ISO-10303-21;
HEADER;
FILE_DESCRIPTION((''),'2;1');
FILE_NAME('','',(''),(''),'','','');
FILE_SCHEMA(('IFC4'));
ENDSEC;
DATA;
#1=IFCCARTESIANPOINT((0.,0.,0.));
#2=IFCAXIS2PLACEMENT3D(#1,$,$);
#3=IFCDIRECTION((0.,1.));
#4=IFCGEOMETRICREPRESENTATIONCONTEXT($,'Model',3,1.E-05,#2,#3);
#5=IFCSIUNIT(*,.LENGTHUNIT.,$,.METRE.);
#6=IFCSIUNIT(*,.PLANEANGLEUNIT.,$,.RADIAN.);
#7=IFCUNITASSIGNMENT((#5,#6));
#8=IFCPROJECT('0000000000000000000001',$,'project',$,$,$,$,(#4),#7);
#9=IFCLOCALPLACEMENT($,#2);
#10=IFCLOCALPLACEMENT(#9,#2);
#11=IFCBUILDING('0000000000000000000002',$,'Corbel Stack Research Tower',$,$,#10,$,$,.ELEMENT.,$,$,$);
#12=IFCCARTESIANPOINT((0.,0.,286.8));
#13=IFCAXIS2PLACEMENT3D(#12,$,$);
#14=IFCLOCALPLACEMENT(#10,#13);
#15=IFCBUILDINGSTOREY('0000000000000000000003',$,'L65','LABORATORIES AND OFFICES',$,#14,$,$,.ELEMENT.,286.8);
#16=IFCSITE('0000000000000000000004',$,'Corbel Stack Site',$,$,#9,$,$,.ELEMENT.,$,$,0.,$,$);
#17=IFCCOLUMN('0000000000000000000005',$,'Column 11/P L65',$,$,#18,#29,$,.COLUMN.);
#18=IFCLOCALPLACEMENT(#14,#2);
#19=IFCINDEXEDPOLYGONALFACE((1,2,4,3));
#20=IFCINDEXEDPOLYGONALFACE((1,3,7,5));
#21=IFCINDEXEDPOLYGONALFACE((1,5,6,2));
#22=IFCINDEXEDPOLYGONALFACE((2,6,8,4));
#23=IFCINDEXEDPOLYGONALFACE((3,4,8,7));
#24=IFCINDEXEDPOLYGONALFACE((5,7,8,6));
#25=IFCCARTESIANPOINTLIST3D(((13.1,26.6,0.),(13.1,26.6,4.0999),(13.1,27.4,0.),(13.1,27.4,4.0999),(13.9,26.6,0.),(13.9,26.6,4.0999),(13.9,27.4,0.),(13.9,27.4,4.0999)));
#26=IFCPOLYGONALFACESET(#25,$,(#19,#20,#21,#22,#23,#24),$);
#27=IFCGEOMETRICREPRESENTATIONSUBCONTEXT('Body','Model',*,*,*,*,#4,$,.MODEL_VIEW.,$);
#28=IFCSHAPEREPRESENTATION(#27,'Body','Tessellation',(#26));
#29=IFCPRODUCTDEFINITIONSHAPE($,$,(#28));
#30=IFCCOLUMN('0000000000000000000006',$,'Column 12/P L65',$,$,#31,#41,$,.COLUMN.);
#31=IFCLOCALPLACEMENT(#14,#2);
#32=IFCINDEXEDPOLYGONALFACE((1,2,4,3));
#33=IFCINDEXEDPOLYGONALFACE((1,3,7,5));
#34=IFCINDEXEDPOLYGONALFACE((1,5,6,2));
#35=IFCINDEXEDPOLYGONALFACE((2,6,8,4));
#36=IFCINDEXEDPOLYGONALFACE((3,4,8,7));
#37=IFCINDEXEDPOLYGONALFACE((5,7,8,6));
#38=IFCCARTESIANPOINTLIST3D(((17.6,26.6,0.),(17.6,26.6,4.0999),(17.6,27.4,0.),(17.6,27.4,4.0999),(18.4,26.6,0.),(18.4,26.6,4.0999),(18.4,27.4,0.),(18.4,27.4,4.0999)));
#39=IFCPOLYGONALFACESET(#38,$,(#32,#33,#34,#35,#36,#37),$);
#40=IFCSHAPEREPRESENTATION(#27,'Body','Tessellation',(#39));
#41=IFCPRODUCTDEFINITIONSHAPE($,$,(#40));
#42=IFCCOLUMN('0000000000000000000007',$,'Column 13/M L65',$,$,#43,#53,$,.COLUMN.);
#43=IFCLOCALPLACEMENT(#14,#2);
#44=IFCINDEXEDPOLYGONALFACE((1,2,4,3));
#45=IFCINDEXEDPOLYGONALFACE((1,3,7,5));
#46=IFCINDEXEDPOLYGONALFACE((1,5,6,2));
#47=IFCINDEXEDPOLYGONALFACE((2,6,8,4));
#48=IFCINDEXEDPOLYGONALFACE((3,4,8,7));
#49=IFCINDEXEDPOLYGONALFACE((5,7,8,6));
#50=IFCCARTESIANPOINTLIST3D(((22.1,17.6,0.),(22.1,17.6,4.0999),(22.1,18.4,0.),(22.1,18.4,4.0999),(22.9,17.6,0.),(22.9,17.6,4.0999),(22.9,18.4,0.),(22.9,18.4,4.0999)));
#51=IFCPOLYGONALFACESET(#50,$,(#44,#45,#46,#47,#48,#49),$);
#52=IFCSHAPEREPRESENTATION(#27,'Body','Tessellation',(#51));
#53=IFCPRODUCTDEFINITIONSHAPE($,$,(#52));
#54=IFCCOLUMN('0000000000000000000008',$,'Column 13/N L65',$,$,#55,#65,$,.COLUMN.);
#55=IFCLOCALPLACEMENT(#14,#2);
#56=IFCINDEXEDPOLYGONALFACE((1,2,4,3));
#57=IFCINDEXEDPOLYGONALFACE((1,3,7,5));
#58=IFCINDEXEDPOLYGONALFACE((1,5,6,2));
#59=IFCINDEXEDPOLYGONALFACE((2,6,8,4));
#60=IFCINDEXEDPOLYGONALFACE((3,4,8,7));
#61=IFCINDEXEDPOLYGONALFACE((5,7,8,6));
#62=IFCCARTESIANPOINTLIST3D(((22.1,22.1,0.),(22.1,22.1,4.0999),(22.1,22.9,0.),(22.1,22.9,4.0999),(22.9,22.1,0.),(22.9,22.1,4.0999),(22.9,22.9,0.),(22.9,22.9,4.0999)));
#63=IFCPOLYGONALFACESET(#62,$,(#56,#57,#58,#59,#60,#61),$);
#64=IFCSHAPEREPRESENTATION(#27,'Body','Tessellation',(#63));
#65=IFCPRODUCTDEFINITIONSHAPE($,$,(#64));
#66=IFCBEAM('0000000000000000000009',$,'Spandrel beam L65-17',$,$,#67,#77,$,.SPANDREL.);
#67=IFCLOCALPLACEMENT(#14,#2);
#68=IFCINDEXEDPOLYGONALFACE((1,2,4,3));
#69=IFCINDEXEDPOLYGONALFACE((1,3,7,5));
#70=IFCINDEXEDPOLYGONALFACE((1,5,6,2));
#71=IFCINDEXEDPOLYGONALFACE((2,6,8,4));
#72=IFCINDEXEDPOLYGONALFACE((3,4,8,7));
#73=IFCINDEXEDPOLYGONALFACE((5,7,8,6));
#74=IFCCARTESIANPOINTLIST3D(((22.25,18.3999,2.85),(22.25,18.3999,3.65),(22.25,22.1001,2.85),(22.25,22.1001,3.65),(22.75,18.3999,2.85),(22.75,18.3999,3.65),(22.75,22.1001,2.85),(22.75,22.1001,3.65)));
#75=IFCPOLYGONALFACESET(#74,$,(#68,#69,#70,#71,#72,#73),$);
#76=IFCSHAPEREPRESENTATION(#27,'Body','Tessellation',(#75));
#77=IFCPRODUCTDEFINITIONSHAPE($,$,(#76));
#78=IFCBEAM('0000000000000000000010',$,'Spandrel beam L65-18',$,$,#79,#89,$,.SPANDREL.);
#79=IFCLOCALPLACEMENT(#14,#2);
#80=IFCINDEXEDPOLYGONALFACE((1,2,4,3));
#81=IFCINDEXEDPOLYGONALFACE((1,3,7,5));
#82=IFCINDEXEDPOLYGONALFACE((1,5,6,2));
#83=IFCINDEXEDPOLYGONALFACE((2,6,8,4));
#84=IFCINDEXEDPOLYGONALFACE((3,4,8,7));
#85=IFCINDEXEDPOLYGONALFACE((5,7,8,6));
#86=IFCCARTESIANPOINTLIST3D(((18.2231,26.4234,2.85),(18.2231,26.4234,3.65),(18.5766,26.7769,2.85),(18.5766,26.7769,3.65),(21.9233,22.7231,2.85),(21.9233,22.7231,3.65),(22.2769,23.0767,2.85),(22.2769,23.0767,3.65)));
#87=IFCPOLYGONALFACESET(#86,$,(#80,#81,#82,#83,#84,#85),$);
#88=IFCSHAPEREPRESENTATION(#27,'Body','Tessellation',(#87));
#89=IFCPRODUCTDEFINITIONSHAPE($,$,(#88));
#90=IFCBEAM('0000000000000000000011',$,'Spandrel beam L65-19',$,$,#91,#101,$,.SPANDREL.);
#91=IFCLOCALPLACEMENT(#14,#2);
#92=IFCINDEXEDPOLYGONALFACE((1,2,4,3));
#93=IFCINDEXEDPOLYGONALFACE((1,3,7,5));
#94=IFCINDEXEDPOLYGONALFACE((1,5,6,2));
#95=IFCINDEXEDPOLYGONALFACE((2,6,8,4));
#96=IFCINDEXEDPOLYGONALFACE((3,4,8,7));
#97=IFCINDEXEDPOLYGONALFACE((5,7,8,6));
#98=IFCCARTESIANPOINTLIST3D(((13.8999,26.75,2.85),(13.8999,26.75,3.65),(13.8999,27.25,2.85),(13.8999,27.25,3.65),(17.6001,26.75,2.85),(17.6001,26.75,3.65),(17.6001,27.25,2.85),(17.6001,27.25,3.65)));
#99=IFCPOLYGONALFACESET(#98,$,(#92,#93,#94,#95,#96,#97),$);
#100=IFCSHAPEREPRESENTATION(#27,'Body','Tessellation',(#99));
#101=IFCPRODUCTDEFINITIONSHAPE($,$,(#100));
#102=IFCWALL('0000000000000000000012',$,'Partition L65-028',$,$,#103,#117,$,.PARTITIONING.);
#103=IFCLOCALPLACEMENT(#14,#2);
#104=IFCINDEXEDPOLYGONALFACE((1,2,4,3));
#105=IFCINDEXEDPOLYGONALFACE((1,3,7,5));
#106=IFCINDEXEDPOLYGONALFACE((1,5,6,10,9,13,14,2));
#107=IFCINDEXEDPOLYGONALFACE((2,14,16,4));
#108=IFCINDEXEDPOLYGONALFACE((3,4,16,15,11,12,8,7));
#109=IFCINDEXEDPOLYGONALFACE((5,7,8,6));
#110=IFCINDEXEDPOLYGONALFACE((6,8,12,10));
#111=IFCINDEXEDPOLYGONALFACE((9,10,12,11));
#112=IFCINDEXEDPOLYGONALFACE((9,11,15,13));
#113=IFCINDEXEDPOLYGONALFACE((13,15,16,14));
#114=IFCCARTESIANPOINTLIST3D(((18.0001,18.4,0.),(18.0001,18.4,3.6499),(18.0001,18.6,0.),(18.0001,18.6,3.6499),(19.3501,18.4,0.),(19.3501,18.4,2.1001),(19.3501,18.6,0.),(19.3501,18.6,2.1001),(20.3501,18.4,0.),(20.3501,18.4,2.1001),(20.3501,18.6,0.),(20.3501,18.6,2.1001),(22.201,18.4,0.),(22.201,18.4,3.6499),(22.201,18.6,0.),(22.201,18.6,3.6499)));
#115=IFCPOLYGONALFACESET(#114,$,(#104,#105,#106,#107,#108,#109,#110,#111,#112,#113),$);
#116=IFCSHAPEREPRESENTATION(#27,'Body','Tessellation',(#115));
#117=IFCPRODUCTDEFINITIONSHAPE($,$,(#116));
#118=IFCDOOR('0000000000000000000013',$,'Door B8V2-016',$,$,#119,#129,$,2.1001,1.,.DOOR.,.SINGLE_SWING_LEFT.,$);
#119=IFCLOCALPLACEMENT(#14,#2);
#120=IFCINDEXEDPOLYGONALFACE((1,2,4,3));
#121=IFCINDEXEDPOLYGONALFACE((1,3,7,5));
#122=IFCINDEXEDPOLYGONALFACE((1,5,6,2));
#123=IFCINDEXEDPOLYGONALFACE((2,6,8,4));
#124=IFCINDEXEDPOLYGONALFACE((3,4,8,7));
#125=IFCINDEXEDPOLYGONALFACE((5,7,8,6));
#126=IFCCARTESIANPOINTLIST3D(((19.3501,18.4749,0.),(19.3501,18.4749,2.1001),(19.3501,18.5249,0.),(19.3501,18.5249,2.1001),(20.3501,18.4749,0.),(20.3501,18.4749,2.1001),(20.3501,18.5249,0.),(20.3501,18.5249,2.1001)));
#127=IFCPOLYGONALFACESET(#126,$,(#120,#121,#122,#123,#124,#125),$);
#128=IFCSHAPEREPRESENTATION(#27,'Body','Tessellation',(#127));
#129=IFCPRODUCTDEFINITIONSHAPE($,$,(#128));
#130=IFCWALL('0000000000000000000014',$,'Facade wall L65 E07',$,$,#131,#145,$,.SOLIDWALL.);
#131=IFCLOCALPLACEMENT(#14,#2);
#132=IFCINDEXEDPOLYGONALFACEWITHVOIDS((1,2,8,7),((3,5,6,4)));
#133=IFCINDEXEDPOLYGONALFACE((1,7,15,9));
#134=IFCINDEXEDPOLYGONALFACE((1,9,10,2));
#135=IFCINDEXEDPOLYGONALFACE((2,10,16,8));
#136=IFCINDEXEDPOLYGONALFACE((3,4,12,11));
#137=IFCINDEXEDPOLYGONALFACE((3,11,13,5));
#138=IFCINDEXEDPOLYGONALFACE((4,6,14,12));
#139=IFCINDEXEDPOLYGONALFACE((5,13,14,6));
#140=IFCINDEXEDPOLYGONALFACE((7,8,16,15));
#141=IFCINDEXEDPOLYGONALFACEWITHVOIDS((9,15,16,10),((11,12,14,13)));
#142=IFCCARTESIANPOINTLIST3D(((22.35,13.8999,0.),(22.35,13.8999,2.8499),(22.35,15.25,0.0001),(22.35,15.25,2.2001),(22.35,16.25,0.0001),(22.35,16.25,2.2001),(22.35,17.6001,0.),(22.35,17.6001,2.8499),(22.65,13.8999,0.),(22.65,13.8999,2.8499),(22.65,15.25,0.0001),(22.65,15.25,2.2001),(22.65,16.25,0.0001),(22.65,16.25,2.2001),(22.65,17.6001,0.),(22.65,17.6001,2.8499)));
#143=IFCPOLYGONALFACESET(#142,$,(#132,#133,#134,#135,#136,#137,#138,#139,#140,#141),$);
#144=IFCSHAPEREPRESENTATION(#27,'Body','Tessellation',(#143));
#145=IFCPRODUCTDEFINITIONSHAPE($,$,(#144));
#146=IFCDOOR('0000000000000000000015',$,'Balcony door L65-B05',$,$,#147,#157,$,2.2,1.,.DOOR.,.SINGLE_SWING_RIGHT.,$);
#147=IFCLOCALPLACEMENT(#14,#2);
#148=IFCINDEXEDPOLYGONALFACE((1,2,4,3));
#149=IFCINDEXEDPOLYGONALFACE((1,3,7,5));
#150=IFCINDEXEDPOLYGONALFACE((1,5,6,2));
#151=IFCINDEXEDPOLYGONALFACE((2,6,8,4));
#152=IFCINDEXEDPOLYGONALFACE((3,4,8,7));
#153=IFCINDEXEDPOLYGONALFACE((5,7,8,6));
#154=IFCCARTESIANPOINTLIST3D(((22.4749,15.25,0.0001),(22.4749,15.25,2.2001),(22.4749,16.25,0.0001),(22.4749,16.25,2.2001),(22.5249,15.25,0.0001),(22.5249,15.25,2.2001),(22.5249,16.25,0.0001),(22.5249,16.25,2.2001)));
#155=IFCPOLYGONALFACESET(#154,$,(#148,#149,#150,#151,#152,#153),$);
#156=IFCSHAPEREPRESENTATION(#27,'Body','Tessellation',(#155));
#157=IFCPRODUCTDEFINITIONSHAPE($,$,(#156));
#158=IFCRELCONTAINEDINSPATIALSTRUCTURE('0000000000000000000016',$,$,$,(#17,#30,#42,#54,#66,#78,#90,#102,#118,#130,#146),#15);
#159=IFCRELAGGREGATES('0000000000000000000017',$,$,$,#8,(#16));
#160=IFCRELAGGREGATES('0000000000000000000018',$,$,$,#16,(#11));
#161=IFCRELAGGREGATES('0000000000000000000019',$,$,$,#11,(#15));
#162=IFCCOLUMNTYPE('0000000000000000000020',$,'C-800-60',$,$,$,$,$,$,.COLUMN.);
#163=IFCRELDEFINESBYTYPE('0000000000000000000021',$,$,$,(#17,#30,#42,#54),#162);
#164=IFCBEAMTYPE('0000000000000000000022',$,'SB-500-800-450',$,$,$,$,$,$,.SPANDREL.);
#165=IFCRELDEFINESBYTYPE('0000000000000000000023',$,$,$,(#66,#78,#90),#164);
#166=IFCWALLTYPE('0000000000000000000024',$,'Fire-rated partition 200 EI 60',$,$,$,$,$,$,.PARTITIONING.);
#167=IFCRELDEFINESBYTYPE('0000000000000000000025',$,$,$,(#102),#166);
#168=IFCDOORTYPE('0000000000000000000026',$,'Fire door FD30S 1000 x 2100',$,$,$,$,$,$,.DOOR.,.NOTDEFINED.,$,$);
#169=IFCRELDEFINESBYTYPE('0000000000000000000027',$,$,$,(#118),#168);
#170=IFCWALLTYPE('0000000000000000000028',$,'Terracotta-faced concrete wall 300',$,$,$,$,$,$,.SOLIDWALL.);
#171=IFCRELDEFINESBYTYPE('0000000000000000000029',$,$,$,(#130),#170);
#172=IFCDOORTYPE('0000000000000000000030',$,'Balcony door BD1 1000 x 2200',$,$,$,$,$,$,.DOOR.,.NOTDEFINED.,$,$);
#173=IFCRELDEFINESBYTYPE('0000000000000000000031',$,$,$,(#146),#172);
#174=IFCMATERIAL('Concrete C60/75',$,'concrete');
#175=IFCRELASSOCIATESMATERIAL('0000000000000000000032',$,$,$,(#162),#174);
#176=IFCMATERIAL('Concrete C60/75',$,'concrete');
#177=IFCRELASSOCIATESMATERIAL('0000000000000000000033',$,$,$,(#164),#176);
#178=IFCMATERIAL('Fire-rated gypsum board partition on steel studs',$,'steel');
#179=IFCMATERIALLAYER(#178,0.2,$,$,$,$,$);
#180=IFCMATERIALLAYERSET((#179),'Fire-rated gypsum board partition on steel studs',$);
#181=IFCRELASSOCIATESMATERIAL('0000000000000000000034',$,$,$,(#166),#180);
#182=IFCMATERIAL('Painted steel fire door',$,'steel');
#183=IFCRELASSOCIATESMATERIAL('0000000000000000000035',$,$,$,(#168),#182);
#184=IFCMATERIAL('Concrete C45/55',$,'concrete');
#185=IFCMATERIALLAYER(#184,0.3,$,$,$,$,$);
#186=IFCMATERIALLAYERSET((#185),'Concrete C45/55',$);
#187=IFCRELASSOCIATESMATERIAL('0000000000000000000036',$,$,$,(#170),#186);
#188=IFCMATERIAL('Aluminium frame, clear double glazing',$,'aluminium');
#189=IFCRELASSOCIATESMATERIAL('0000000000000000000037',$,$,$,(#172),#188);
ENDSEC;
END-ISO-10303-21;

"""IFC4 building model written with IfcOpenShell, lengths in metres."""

from ifc_helpers import new_model, si_unit, direction, frame, frame_2d, origin, origin_2d, place, context, subcontext, project, spatial, rectangle, extrude, material, layer, layer_set, material_profile, profile_set, type_object, element, fill, save


model = new_model("IFC4")

# Units and contexts
model_context = context("Model", 3, precision=1e-05, world=origin(), true_north=direction((0.0, 1.0)))
body_context = subcontext(model_context, "Body", "Model", "MODEL_VIEW")
ifc_project = project(units=[si_unit("LENGTHUNIT", "METRE"), si_unit("PLANEANGLEUNIT", "RADIAN")], contexts=[model_context])

# Site, building, storey
site_placement = place(None, origin())
site = spatial("IfcSite", under=ifc_project, at=site_placement, Name="Corbel Stack Site", CompositionType="ELEMENT", RefElevation=0.0)
building_placement = place(site_placement, origin())
building = spatial("IfcBuilding", under=site, at=building_placement, Name="Corbel Stack Research Tower", CompositionType="ELEMENT")
storey_placement = place(building_placement, frame((0.0, 0.0, 286.8)))
storey = spatial("IfcBuildingStorey", under=building, at=storey_placement, Name="L65", Description="LABORATORIES AND OFFICES", CompositionType="ELEMENT", Elevation=286.8)

# Columns
ifc_material_1 = material(Name="Concrete C60/75", Category="concrete")
ifc_material_profile_1 = material_profile(ifc_material_1, rectangle(XDim=0.8, YDim=0.8, at=origin_2d()), Name="RC 800 x 800")
ifc_profile_set_1 = profile_set([ifc_material_profile_1], Name="Concrete C60/75")
column_type = type_object("IfcColumnType", Name="C-800-60", PredefinedType="COLUMN", material=ifc_profile_set_1)
for number, where, z_axis, x_axis, name in (
    (1, (13.5, 27.0, 0.0), (0.0, 0.0, 1.0), (1.0, 0.0, 0.0), "Column 11/P L65"),
    (2, (18.0, 27.0, 0.0), (0.0, 0.0, 1.0), (1.0, 0.0, 0.0), "Column 12/P L65"),
    (3, (22.5, 18.0, 0.0), (0.0, 0.0, 1.0), (1.0, 0.0, 0.0), "Column 13/M L65"),
    (4, (22.5, 22.5, 0.0), (0.0, 0.0, 1.0), (1.0, 0.0, 0.0), "Column 13/N L65"),
):
    element("IfcColumn", number, at=place(storey_placement, frame(where, z_axis=z_axis, x_axis=x_axis)), inside=storey, type_object=column_type, Name=name, PredefinedType="COLUMN", context=body_context, shape_type="SweptSolid", body=[
        extrude(rectangle(XDim=0.8, YDim=0.8, at=origin_2d()), origin(), (0.0, 0.0, 1.0), 4.0999),
    ])

# Beams
ifc_material_2 = material(Name="Concrete C60/75", Category="concrete")
ifc_material_profile_2 = material_profile(ifc_material_2, rectangle(XDim=0.5, YDim=0.8, at=origin_2d()), Name="RC 500 x 800")
ifc_profile_set_2 = profile_set([ifc_material_profile_2], Name="Concrete C60/75")
beam_type = type_object("IfcBeamType", Name="SB-500-800-450", PredefinedType="SPANDREL", material=ifc_profile_set_2)
beam_1_placement = place(storey_placement, frame((22.5, 18.3999, 3.25), z_axis=(0.0, 1.0, 0.0), x_axis=(-1.0, 0.0, 0.0)))
element("IfcBeam", 5, at=beam_1_placement, inside=storey, type_object=beam_type, Name="Spandrel beam L65-17", PredefinedType="SPANDREL", context=body_context, shape_type="SweptSolid", body=[
    extrude(rectangle(XDim=0.5, YDim=0.8, at=origin_2d()), origin(), (0.0, 0.0, 1.0), 3.7002),
])
beam_2_placement = place(storey_placement, frame((22.1001, 22.8999, 3.25), z_axis=(-0.707107, 0.707107, 0.0), x_axis=(-0.707107, -0.707107, 0.0)))
element("IfcBeam", 6, at=beam_2_placement, inside=storey, type_object=beam_type, Name="Spandrel beam L65-18", PredefinedType="SPANDREL", context=body_context, shape_type="SweptSolid", body=[
    extrude(rectangle(XDim=0.5, YDim=0.8, at=origin_2d()), origin(), (0.0, 0.0, 1.0), 5.2329),
])
beam_3_placement = place(storey_placement, frame((17.6001, 27.0, 3.25), z_axis=(-1.0, 0.0, 0.0), x_axis=(0.0, -1.0, 0.0)))
element("IfcBeam", 7, at=beam_3_placement, inside=storey, type_object=beam_type, Name="Spandrel beam L65-19", PredefinedType="SPANDREL", context=body_context, shape_type="SweptSolid", body=[
    extrude(rectangle(XDim=0.5, YDim=0.8, at=origin_2d()), origin(), (0.0, 0.0, 1.0), 3.7002),
])

# Walls, openings, doors
ifc_material_3 = material(Name="Fire-rated gypsum board partition on steel studs", Category="steel")
ifc_layer_1 = layer(ifc_material_3, 0.2)
ifc_layer_set_1 = layer_set([ifc_layer_1], Name="Fire-rated gypsum board partition on steel studs")
wall_type_1 = type_object("IfcWallType", Name="Fire-rated partition 200 EI 60", PredefinedType="PARTITIONING", material=ifc_layer_set_1)
wall_1_placement = place(storey_placement, frame((18.0, 18.5, 0.0), z_axis=(0.0, 0.0, 1.0), x_axis=(1.0, 0.0, 0.0)))
wall_1 = element("IfcWall", 8, at=wall_1_placement, inside=storey, type_object=wall_type_1, Name="Partition L65-028", PredefinedType="PARTITIONING", context=body_context, shape_type="SweptSolid", body=[
    extrude(rectangle(XDim=4.2009, YDim=0.2, at=frame_2d((2.1006, 0.0))), origin(), (0.0, 0.0, 1.0), 3.6499),
])
opening_1_placement = place(wall_1_placement, frame((1.3501, 0.0, 0.0)))
opening_1 = element("IfcOpeningElement", 9, at=opening_1_placement, cuts=wall_1, PredefinedType="OPENING", context=body_context, shape_type="SweptSolid", body=[
    extrude(rectangle(XDim=1.0, YDim=2.1001, at=frame_2d((0.5, 1.05))), frame((0.0, 0.1099, 0.0), z_axis=(0.0, -1.0, 0.0), x_axis=(1.0, 0.0, 0.0)), (0.0, 0.0, 1.0), 0.22),
])
ifc_material_4 = material(Name="Painted steel fire door", Category="steel")
door_type_1 = type_object("IfcDoorType", Name="Fire door FD30S 1000 x 2100", OperationType="NOTDEFINED", PredefinedType="DOOR", material=ifc_material_4)
door_1_placement = place(opening_1_placement, origin())
door_1 = element("IfcDoor", 10, at=door_1_placement, inside=storey, type_object=door_type_1, Name="Door B8V2-016", OperationType="SINGLE_SWING_LEFT", OverallHeight=2.1001, OverallWidth=1.0, PredefinedType="DOOR", context=body_context, shape_type="SweptSolid", body=[
    extrude(rectangle(XDim=1.0, YDim=2.1001, at=frame_2d((0.5, 1.05))), frame((0.0, 0.0249, 0.0), z_axis=(0.0, -1.0, 0.0), x_axis=(1.0, 0.0, 0.0)), (0.0, 0.0, 1.0), 0.05),
])
fill(opening_1, door_1)
ifc_material_5 = material(Name="Concrete C45/55", Category="concrete")
ifc_layer_2 = layer(ifc_material_5, 0.3)
ifc_layer_set_2 = layer_set([ifc_layer_2], Name="Concrete C45/55")
wall_type_2 = type_object("IfcWallType", Name="Terracotta-faced concrete wall 300", PredefinedType="SOLIDWALL", material=ifc_layer_set_2)
wall_2_placement = place(storey_placement, frame((22.5, 17.6001, 0.0), z_axis=(0.0, 0.0, 1.0), x_axis=(0.0, -1.0, 0.0)))
wall_2 = element("IfcWall", 11, at=wall_2_placement, inside=storey, type_object=wall_type_2, Name="Facade wall L65 E07", PredefinedType="SOLIDWALL", context=body_context, shape_type="SweptSolid", body=[
    extrude(rectangle(XDim=3.7002, YDim=0.3, at=frame_2d((1.8501, 0.0))), origin(), (0.0, 0.0, 1.0), 2.8499),
])
opening_2_placement = place(wall_2_placement, frame((1.3501, 0.0, 0.0)))
opening_2 = element("IfcOpeningElement", 12, at=opening_2_placement, cuts=wall_2, PredefinedType="OPENING", context=body_context, shape_type="SweptSolid", body=[
    extrude(rectangle(XDim=1.0, YDim=2.2, at=frame_2d((0.5, 1.1001))), frame((0.0, 0.1599, 0.0), z_axis=(0.0, -1.0, 0.0), x_axis=(1.0, 0.0, 0.0)), (0.0, 0.0, 1.0), 0.3201),
])
ifc_material_6 = material(Name="Aluminium frame, clear double glazing", Category="aluminium")
door_type_2 = type_object("IfcDoorType", Name="Balcony door BD1 1000 x 2200", OperationType="NOTDEFINED", PredefinedType="DOOR", material=ifc_material_6)
door_2_placement = place(opening_2_placement, origin())
door_2 = element("IfcDoor", 13, at=door_2_placement, inside=storey, type_object=door_type_2, Name="Balcony door L65-B05", OperationType="SINGLE_SWING_RIGHT", OverallHeight=2.2, OverallWidth=1.0, PredefinedType="DOOR", context=body_context, shape_type="SweptSolid", body=[
    extrude(rectangle(XDim=1.0, YDim=2.2, at=frame_2d((0.5, 1.1001))), frame((0.0, 0.0249, 0.0), z_axis=(0.0, -1.0, 0.0), x_axis=(1.0, 0.0, 0.0)), (0.0, 0.0, 1.0), 0.05),
])
fill(opening_2, door_2)

save(model, "model.ifc")
